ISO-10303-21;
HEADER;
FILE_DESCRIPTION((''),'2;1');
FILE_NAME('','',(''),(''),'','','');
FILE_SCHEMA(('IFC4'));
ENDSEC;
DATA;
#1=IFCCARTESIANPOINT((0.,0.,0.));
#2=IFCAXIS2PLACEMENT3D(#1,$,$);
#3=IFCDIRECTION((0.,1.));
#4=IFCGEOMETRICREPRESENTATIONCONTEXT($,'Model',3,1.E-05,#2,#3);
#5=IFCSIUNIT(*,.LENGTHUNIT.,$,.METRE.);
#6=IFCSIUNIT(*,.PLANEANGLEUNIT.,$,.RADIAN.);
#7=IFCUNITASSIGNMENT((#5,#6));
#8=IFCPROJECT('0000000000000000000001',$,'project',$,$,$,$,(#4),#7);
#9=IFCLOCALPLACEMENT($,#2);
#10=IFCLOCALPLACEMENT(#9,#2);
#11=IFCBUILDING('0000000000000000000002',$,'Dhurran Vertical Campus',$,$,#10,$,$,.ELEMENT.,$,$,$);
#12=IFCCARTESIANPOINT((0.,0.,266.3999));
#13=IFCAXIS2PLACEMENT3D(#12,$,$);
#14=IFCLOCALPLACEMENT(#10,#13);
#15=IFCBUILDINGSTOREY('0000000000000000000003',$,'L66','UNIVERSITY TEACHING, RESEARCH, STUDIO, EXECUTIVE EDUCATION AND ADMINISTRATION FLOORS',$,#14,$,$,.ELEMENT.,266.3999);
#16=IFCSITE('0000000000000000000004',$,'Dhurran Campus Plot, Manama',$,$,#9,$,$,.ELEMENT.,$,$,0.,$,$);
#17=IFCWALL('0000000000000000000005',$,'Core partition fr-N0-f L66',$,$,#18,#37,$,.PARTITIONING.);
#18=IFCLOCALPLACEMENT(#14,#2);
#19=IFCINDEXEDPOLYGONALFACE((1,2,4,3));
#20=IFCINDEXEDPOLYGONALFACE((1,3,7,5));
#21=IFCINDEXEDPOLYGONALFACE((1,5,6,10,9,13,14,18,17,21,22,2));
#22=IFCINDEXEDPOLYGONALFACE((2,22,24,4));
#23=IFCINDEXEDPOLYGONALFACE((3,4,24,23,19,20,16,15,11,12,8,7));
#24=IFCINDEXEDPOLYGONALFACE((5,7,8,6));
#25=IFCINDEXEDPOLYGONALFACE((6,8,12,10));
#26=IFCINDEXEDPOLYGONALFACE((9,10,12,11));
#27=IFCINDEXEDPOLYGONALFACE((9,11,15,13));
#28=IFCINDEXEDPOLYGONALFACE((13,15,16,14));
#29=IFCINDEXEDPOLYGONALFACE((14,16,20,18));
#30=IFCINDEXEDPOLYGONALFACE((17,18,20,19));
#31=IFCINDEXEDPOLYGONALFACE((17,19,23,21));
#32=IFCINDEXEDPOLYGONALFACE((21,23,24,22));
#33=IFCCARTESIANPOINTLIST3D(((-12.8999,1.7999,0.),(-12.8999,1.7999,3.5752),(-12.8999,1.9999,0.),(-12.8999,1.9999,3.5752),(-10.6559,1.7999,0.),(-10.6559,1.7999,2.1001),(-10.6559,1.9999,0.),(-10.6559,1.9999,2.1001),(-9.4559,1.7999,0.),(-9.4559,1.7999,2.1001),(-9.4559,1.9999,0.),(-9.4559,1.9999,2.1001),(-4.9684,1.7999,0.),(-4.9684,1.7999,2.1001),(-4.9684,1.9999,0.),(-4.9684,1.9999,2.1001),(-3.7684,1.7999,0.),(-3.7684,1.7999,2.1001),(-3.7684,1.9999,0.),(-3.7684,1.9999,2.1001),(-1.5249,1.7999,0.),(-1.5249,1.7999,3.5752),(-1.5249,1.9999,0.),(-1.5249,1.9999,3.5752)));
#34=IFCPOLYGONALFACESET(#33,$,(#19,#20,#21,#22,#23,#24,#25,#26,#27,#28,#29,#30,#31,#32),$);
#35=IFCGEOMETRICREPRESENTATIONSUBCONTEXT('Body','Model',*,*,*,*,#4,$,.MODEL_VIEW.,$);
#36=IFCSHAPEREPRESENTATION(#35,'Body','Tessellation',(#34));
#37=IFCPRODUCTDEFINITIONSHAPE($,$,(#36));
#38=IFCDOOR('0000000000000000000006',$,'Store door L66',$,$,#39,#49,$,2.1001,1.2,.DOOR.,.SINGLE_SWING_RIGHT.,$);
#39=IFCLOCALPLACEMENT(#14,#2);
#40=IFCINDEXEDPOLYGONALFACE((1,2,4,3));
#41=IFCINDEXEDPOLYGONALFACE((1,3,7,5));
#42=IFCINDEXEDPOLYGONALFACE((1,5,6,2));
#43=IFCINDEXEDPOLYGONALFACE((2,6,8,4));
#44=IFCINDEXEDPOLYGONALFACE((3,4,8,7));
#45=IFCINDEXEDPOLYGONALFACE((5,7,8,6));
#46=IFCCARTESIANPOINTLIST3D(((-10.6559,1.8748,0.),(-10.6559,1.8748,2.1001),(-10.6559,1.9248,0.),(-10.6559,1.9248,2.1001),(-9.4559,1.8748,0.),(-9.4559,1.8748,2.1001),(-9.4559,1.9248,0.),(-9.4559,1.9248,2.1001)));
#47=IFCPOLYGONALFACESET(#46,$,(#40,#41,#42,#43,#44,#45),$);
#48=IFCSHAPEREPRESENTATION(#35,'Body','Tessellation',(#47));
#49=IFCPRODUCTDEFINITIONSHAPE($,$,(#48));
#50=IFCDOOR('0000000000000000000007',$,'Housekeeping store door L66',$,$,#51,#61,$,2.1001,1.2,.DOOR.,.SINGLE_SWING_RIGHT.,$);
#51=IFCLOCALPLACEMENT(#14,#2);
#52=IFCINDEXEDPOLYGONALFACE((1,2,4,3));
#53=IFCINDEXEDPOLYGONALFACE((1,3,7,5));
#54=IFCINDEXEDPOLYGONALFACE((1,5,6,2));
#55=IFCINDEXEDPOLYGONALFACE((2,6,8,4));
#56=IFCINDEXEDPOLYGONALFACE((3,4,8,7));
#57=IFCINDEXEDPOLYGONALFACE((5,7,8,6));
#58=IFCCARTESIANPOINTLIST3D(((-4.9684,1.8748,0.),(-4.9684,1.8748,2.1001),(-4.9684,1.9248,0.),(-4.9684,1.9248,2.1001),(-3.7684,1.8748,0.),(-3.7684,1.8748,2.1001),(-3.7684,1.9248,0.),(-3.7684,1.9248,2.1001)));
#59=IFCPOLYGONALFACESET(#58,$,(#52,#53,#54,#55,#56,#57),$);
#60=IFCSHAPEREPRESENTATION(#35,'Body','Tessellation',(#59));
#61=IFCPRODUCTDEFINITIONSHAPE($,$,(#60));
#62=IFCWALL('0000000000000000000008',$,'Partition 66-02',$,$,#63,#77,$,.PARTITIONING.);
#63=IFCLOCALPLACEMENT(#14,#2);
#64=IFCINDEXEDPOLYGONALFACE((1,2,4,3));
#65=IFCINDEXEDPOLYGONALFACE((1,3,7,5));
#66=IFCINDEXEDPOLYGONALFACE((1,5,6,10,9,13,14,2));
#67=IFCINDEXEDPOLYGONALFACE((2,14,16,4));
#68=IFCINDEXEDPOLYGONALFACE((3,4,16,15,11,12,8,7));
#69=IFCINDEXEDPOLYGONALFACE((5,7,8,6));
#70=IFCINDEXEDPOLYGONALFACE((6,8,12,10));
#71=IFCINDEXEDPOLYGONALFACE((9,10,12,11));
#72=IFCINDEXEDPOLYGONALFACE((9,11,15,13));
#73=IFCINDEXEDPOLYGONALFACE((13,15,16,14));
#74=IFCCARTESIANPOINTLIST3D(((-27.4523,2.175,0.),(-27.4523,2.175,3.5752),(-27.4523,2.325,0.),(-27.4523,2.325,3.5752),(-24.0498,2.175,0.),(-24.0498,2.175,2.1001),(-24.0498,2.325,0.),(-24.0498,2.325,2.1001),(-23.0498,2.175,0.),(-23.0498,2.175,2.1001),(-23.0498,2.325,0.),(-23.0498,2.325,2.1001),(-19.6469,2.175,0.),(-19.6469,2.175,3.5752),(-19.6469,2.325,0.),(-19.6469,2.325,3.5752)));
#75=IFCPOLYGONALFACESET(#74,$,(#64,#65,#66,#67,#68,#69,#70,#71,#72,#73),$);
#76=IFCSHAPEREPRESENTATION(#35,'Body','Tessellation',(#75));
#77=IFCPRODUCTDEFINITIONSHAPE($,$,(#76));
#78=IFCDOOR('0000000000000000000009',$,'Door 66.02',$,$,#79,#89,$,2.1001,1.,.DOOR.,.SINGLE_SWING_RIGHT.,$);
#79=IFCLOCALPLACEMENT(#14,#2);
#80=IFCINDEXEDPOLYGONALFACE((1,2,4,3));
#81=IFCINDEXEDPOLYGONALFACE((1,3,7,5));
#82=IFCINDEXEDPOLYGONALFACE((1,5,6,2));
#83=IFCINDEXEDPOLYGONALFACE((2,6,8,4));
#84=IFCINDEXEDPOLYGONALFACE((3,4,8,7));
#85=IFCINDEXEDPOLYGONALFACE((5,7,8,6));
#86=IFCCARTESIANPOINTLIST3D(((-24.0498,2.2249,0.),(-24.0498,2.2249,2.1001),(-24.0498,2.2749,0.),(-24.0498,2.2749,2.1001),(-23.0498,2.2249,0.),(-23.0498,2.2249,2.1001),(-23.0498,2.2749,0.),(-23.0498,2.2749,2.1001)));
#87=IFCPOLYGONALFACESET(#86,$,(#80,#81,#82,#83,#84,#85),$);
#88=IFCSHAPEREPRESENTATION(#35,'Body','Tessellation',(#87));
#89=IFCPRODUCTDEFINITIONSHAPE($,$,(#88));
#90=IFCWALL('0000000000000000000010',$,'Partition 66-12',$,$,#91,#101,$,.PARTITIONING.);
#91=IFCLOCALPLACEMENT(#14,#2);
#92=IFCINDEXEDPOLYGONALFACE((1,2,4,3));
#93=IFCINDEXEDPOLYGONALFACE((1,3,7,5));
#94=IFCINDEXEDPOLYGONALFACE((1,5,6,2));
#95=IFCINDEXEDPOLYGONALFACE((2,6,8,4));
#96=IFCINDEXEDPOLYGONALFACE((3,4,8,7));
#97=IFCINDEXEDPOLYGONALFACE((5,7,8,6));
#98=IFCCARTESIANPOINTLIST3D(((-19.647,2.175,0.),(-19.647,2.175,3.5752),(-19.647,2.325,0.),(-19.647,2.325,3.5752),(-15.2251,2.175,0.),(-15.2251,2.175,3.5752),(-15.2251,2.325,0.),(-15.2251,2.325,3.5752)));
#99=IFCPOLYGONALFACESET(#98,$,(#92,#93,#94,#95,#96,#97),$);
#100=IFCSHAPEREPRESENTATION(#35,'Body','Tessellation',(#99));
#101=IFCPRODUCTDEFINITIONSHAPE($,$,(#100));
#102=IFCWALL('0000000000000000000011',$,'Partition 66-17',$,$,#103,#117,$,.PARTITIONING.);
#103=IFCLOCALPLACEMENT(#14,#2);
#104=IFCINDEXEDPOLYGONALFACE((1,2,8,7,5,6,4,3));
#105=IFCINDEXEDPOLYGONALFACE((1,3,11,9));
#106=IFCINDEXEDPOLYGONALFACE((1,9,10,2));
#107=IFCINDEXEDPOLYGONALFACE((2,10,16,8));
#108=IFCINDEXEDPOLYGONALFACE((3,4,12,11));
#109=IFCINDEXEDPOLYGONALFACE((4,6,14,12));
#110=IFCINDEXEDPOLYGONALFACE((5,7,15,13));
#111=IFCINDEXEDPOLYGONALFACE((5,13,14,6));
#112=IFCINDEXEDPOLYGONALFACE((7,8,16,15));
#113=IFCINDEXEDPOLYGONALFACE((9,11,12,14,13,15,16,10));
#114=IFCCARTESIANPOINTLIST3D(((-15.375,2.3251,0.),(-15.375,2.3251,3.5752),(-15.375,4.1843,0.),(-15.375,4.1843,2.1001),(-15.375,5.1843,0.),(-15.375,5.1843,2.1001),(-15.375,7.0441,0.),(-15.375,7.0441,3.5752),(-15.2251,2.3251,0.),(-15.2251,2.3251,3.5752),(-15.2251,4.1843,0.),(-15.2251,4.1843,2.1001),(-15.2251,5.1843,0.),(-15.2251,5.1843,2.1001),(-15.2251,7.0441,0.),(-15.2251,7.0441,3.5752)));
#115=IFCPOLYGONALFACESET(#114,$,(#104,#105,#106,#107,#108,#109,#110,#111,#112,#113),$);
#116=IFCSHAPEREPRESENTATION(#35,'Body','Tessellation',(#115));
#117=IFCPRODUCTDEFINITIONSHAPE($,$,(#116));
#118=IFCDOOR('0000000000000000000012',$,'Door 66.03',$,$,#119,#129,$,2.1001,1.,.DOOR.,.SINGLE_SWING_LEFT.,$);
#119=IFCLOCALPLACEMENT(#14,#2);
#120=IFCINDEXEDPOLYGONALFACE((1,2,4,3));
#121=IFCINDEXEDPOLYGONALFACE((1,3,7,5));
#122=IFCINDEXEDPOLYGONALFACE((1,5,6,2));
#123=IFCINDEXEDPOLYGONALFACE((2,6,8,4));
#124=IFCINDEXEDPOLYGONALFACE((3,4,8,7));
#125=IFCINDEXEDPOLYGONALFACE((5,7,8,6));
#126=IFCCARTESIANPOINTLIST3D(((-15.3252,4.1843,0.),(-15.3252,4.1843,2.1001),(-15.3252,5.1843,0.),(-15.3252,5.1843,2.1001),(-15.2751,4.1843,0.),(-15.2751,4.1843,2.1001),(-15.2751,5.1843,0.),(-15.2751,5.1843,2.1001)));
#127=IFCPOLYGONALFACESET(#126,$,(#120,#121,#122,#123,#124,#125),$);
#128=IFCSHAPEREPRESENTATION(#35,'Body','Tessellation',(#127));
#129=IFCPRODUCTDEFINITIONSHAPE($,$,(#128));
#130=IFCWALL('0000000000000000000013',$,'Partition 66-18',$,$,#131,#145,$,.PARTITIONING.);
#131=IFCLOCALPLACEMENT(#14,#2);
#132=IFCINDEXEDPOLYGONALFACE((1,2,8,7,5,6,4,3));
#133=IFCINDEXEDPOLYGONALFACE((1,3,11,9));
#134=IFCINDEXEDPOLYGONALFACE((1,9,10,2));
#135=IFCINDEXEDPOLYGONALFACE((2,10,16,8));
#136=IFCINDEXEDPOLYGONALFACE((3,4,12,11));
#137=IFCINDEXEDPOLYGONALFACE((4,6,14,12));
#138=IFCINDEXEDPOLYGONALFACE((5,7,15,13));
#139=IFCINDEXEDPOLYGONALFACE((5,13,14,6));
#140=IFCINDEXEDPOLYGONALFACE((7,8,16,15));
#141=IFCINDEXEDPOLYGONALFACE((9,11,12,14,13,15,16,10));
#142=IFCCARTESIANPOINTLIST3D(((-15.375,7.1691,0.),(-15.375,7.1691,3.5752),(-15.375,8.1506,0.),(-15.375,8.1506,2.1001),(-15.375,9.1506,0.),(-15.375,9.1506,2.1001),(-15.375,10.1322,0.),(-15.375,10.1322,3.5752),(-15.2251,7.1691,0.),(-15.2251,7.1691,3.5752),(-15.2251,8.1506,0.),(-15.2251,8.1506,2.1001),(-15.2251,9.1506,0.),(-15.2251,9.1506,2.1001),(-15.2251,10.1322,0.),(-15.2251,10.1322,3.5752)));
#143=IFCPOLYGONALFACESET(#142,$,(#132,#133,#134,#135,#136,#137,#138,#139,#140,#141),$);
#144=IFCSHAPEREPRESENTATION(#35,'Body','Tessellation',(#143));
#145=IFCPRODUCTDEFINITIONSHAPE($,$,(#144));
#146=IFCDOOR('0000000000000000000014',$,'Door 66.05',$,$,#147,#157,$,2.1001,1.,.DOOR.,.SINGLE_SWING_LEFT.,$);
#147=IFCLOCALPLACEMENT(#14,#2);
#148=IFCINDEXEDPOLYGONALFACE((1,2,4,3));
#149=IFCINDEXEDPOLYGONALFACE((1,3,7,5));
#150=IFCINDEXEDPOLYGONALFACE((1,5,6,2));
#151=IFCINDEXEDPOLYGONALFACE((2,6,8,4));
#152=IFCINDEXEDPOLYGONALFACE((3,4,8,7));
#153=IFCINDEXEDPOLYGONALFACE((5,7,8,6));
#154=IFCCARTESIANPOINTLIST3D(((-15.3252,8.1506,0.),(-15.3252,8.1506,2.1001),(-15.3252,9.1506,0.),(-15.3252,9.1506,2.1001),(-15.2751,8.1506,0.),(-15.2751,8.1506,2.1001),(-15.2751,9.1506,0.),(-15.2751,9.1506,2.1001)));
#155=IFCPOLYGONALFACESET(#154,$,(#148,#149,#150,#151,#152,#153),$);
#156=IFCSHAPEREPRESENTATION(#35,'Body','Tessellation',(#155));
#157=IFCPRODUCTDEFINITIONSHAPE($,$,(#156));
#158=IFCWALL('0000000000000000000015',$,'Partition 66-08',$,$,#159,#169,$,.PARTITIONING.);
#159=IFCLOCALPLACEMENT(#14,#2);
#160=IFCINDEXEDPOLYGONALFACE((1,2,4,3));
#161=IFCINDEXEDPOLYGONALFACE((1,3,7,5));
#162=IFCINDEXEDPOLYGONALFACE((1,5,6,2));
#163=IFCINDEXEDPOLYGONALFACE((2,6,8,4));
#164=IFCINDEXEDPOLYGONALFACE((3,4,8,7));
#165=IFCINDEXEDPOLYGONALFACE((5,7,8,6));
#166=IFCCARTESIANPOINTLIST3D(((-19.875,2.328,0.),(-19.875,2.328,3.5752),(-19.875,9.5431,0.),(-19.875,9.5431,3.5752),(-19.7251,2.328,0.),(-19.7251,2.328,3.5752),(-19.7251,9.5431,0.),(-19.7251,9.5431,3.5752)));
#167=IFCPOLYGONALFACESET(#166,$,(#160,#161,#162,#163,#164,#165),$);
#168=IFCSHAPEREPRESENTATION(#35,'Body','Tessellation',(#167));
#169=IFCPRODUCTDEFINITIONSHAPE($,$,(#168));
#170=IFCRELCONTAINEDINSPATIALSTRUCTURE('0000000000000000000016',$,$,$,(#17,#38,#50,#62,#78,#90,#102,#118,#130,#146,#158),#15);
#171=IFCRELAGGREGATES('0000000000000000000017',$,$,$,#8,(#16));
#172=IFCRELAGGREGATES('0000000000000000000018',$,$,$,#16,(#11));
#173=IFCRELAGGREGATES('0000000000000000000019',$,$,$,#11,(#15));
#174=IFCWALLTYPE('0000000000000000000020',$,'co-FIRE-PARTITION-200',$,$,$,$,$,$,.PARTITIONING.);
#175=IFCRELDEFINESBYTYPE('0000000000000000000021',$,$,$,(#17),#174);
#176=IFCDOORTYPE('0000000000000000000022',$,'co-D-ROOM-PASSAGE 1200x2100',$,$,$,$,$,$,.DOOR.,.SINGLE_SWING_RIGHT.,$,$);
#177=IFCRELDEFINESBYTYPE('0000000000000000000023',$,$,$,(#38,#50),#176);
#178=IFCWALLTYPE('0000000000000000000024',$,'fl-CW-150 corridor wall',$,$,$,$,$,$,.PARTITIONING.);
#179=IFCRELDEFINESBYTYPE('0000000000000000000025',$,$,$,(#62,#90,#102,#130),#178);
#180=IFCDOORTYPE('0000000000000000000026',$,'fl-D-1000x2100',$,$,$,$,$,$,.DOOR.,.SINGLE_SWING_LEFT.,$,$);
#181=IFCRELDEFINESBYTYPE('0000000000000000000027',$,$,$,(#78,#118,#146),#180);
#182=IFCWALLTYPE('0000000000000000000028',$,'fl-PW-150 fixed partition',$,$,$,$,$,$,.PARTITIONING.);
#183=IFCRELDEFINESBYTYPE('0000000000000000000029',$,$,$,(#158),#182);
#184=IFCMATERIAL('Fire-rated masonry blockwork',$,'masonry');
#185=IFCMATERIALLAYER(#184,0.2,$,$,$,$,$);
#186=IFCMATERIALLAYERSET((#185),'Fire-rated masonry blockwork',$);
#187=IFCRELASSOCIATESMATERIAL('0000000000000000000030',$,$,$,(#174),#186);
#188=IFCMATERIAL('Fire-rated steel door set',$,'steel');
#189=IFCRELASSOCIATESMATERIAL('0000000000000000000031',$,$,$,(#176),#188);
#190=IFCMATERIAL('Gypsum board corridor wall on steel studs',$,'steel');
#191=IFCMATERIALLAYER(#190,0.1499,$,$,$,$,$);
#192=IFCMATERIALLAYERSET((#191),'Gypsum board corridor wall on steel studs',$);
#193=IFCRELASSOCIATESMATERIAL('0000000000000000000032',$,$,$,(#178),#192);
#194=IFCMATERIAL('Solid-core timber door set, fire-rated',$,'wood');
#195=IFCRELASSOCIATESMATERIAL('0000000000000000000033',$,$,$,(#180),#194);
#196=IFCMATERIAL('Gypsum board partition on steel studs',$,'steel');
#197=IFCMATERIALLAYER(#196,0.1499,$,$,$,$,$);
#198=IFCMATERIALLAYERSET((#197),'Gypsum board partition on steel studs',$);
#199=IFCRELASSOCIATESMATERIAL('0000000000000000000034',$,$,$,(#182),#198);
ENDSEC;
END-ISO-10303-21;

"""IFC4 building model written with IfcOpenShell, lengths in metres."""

from ifc_helpers import new_model, si_unit, direction, frame, frame_2d, origin, place, context, subcontext, project, spatial, rectangle, extrude, material, layer, layer_set, type_object, element, fill, save


model = new_model("IFC4")

# Units and contexts
model_context = context("Model", 3, precision=1e-05, world=origin(), true_north=direction((0.0, 1.0)))
body_context = subcontext(model_context, "Body", "Model", "MODEL_VIEW")
ifc_project = project(units=[si_unit("LENGTHUNIT", "METRE"), si_unit("PLANEANGLEUNIT", "RADIAN")], contexts=[model_context])

# Site, building, storey
site_placement = place(None, origin())
site = spatial("IfcSite", under=ifc_project, at=site_placement, Name="Dhurran Campus Plot, Manama", CompositionType="ELEMENT", RefElevation=0.0)
building_placement = place(site_placement, origin())
building = spatial("IfcBuilding", under=site, at=building_placement, Name="Dhurran Vertical Campus", CompositionType="ELEMENT")
storey_placement = place(building_placement, frame((0.0, 0.0, 266.3999)))
storey = spatial("IfcBuildingStorey", under=building, at=storey_placement, Name="L66", Description="UNIVERSITY TEACHING, RESEARCH, STUDIO, EXECUTIVE EDUCATION AND ADMINISTRATION FLOORS", CompositionType="ELEMENT", Elevation=266.3999)

# Wall, openings, doors
ifc_material_1 = material(Name="Fire-rated masonry blockwork", Category="masonry")
ifc_layer_1 = layer(ifc_material_1, 0.2)
ifc_layer_set_1 = layer_set([ifc_layer_1], Name="Fire-rated masonry blockwork")
wall_type_1 = type_object("IfcWallType", Name="co-FIRE-PARTITION-200", PredefinedType="PARTITIONING", material=ifc_layer_set_1)
wall_1_placement = place(storey_placement, frame((-12.8999, 1.8999, 0.0), z_axis=(0.0, 0.0, 1.0), x_axis=(1.0, 0.0, 0.0)))
wall_1 = element("IfcWall", 1, at=wall_1_placement, inside=storey, type_object=wall_type_1, Name="Core partition fr-N0-f L66", PredefinedType="PARTITIONING", context=body_context, shape_type="SweptSolid", body=[
    extrude(rectangle(XDim=11.375, YDim=0.2, at=frame_2d((5.6875, 0.0))), origin(), (0.0, 0.0, 1.0), 3.5752),
])
opening_1_placement = place(wall_1_placement, frame((2.2439, 0.0, 0.0)))
opening_1 = element("IfcOpeningElement", 2, at=opening_1_placement, cuts=wall_1, PredefinedType="OPENING", context=body_context, shape_type="SweptSolid", body=[
    extrude(rectangle(XDim=1.2, YDim=2.1001, at=frame_2d((0.6001, 1.05))), frame((0.0, 0.1099, 0.0), z_axis=(0.0, -1.0, 0.0), x_axis=(1.0, 0.0, 0.0)), (0.0, 0.0, 1.0), 0.22),
])
opening_2_placement = place(wall_1_placement, frame((7.9314, 0.0, 0.0)))
opening_2 = element("IfcOpeningElement", 3, at=opening_2_placement, cuts=wall_1, PredefinedType="OPENING", context=body_context, shape_type="SweptSolid", body=[
    extrude(rectangle(XDim=1.2, YDim=2.1001, at=frame_2d((0.6001, 1.05))), frame((0.0, 0.1099, 0.0), z_axis=(0.0, -1.0, 0.0), x_axis=(1.0, 0.0, 0.0)), (0.0, 0.0, 1.0), 0.22),
])
ifc_material_2 = material(Name="Fire-rated steel door set", Category="steel")
door_type_1 = type_object("IfcDoorType", Name="co-D-ROOM-PASSAGE 1200x2100", OperationType="SINGLE_SWING_RIGHT", PredefinedType="DOOR", material=ifc_material_2)
door_1_placement = place(opening_1_placement, origin())
door_1 = element("IfcDoor", 4, at=door_1_placement, inside=storey, type_object=door_type_1, Name="Store door L66", OperationType="SINGLE_SWING_RIGHT", OverallHeight=2.1001, OverallWidth=1.2, PredefinedType="DOOR", context=body_context, shape_type="SweptSolid", body=[
    extrude(rectangle(XDim=1.2, YDim=2.1001, at=frame_2d((0.6001, 1.05))), frame((0.0, 0.0249, 0.0), z_axis=(0.0, -1.0, 0.0), x_axis=(1.0, 0.0, 0.0)), (0.0, 0.0, 1.0), 0.05),
])
fill(opening_1, door_1)
door_2_placement = place(opening_2_placement, origin())
door_2 = element("IfcDoor", 5, at=door_2_placement, inside=storey, type_object=door_type_1, Name="Housekeeping store door L66", OperationType="SINGLE_SWING_RIGHT", OverallHeight=2.1001, OverallWidth=1.2, PredefinedType="DOOR", context=body_context, shape_type="SweptSolid", body=[
    extrude(rectangle(XDim=1.2, YDim=2.1001, at=frame_2d((0.6001, 1.05))), frame((0.0, 0.0249, 0.0), z_axis=(0.0, -1.0, 0.0), x_axis=(1.0, 0.0, 0.0)), (0.0, 0.0, 1.0), 0.05),
])
fill(opening_2, door_2)

# Wall, opening, door
ifc_material_3 = material(Name="Gypsum board corridor wall on steel studs", Category="steel")
ifc_layer_2 = layer(ifc_material_3, 0.1499)
ifc_layer_set_2 = layer_set([ifc_layer_2], Name="Gypsum board corridor wall on steel studs")
wall_type_2 = type_object("IfcWallType", Name="fl-CW-150 corridor wall", PredefinedType="PARTITIONING", material=ifc_layer_set_2)
wall_2_placement = place(storey_placement, frame((-27.4524, 2.25, 0.0), z_axis=(0.0, 0.0, 1.0), x_axis=(1.0, 0.0, 0.0)))
wall_2 = element("IfcWall", 6, at=wall_2_placement, inside=storey, type_object=wall_type_2, Name="Partition 66-02", PredefinedType="PARTITIONING", context=body_context, shape_type="SweptSolid", body=[
    extrude(rectangle(XDim=7.8054, YDim=0.1499, at=frame_2d((3.9028, 0.0))), origin(), (0.0, 0.0, 1.0), 3.5752),
])
opening_3_placement = place(wall_2_placement, frame((3.4026, 0.0, 0.0)))
opening_3 = element("IfcOpeningElement", 7, at=opening_3_placement, cuts=wall_2, PredefinedType="OPENING", context=body_context, shape_type="SweptSolid", body=[
    extrude(rectangle(XDim=1.0, YDim=2.1001, at=frame_2d((0.5, 1.05))), frame((0.0, 0.085, 0.0), z_axis=(0.0, -1.0, 0.0), x_axis=(1.0, 0.0, 0.0)), (0.0, 0.0, 1.0), 0.1699),
])
ifc_material_4 = material(Name="Solid-core timber door set, fire-rated", Category="wood")
door_type_2 = type_object("IfcDoorType", Name="fl-D-1000x2100", OperationType="SINGLE_SWING_LEFT", PredefinedType="DOOR", material=ifc_material_4)
door_3_placement = place(opening_3_placement, origin())
door_3 = element("IfcDoor", 8, at=door_3_placement, inside=storey, type_object=door_type_2, Name="Door 66.02", OperationType="SINGLE_SWING_RIGHT", OverallHeight=2.1001, OverallWidth=1.0, PredefinedType="DOOR", context=body_context, shape_type="SweptSolid", body=[
    extrude(rectangle(XDim=1.0, YDim=2.1001, at=frame_2d((0.5, 1.05))), frame((0.0, 0.0249, 0.0), z_axis=(0.0, -1.0, 0.0), x_axis=(1.0, 0.0, 0.0)), (0.0, 0.0, 1.0), 0.05),
])
fill(opening_3, door_3)

# Wall
wall_3_placement = place(storey_placement, frame((-19.647, 2.25, 0.0), z_axis=(0.0, 0.0, 1.0), x_axis=(1.0, 0.0, 0.0)))
element("IfcWall", 9, at=wall_3_placement, inside=storey, type_object=wall_type_2, Name="Partition 66-12", PredefinedType="PARTITIONING", context=body_context, shape_type="SweptSolid", body=[
    extrude(rectangle(XDim=4.4219, YDim=0.1499, at=frame_2d((2.2109, 0.0))), origin(), (0.0, 0.0, 1.0), 3.5752),
])

# Walls, openings, doors
wall_4_placement = place(storey_placement, frame((-15.3, 7.0439, 0.0), z_axis=(0.0, 0.0, 1.0), x_axis=(0.0, -1.0, 0.0)))
wall_4 = element("IfcWall", 10, at=wall_4_placement, inside=storey, type_object=wall_type_2, Name="Partition 66-17", PredefinedType="PARTITIONING", context=body_context, shape_type="SweptSolid", body=[
    extrude(rectangle(XDim=4.719, YDim=0.1499, at=frame_2d((2.3594, 0.0))), origin(), (0.0, 0.0, 1.0), 3.5752),
])
opening_4_placement = place(wall_4_placement, frame((1.8596, 0.0, 0.0)))
opening_4 = element("IfcOpeningElement", 11, at=opening_4_placement, cuts=wall_4, PredefinedType="OPENING", context=body_context, shape_type="SweptSolid", body=[
    extrude(rectangle(XDim=1.0, YDim=2.1001, at=frame_2d((0.5, 1.05))), frame((0.0, 0.085, 0.0), z_axis=(0.0, -1.0, 0.0), x_axis=(1.0, 0.0, 0.0)), (0.0, 0.0, 1.0), 0.1699),
])
door_4_placement = place(opening_4_placement, origin())
door_4 = element("IfcDoor", 12, at=door_4_placement, inside=storey, type_object=door_type_2, Name="Door 66.03", OperationType="SINGLE_SWING_LEFT", OverallHeight=2.1001, OverallWidth=1.0, PredefinedType="DOOR", context=body_context, shape_type="SweptSolid", body=[
    extrude(rectangle(XDim=1.0, YDim=2.1001, at=frame_2d((0.5, 1.05))), frame((0.0, 0.0249, 0.0), z_axis=(0.0, -1.0, 0.0), x_axis=(1.0, 0.0, 0.0)), (0.0, 0.0, 1.0), 0.05),
])
fill(opening_4, door_4)
wall_5_placement = place(storey_placement, frame((-15.3, 10.1321, 0.0), z_axis=(0.0, 0.0, 1.0), x_axis=(0.0, -1.0, 0.0)))
wall_5 = element("IfcWall", 13, at=wall_5_placement, inside=storey, type_object=wall_type_2, Name="Partition 66-18", PredefinedType="PARTITIONING", context=body_context, shape_type="SweptSolid", body=[
    extrude(rectangle(XDim=2.9631, YDim=0.1499, at=frame_2d((1.4814, 0.0))), origin(), (0.0, 0.0, 1.0), 3.5752),
])
opening_5_placement = place(wall_5_placement, frame((0.9814, 0.0, 0.0)))
opening_5 = element("IfcOpeningElement", 14, at=opening_5_placement, cuts=wall_5, PredefinedType="OPENING", context=body_context, shape_type="SweptSolid", body=[
    extrude(rectangle(XDim=1.0, YDim=2.1001, at=frame_2d((0.5, 1.05))), frame((0.0, 0.085, 0.0), z_axis=(0.0, -1.0, 0.0), x_axis=(1.0, 0.0, 0.0)), (0.0, 0.0, 1.0), 0.1699),
])
door_5_placement = place(opening_5_placement, origin())
door_5 = element("IfcDoor", 15, at=door_5_placement, inside=storey, type_object=door_type_2, Name="Door 66.05", OperationType="SINGLE_SWING_LEFT", OverallHeight=2.1001, OverallWidth=1.0, PredefinedType="DOOR", context=body_context, shape_type="SweptSolid", body=[
    extrude(rectangle(XDim=1.0, YDim=2.1001, at=frame_2d((0.5, 1.05))), frame((0.0, 0.0249, 0.0), z_axis=(0.0, -1.0, 0.0), x_axis=(1.0, 0.0, 0.0)), (0.0, 0.0, 1.0), 0.05),
])
fill(opening_5, door_5)

# Wall
ifc_material_5 = material(Name="Gypsum board partition on steel studs", Category="steel")
ifc_layer_3 = layer(ifc_material_5, 0.1499)
ifc_layer_set_3 = layer_set([ifc_layer_3], Name="Gypsum board partition on steel studs")
wall_type_3 = type_object("IfcWallType", Name="fl-PW-150 fixed partition", PredefinedType="PARTITIONING", material=ifc_layer_set_3)
wall_6_placement = place(storey_placement, frame((-19.8, 9.543, 0.0), z_axis=(0.0, 0.0, 1.0), x_axis=(0.0, -1.0, 0.0)))
element("IfcWall", 16, at=wall_6_placement, inside=storey, type_object=wall_type_3, Name="Partition 66-08", PredefinedType="PARTITIONING", context=body_context, shape_type="SweptSolid", body=[
    extrude(rectangle(XDim=7.2151, YDim=0.1499, at=frame_2d((3.6074, 0.0))), origin(), (0.0, 0.0, 1.0), 3.5752),
])

save(model, "model.ifc")
